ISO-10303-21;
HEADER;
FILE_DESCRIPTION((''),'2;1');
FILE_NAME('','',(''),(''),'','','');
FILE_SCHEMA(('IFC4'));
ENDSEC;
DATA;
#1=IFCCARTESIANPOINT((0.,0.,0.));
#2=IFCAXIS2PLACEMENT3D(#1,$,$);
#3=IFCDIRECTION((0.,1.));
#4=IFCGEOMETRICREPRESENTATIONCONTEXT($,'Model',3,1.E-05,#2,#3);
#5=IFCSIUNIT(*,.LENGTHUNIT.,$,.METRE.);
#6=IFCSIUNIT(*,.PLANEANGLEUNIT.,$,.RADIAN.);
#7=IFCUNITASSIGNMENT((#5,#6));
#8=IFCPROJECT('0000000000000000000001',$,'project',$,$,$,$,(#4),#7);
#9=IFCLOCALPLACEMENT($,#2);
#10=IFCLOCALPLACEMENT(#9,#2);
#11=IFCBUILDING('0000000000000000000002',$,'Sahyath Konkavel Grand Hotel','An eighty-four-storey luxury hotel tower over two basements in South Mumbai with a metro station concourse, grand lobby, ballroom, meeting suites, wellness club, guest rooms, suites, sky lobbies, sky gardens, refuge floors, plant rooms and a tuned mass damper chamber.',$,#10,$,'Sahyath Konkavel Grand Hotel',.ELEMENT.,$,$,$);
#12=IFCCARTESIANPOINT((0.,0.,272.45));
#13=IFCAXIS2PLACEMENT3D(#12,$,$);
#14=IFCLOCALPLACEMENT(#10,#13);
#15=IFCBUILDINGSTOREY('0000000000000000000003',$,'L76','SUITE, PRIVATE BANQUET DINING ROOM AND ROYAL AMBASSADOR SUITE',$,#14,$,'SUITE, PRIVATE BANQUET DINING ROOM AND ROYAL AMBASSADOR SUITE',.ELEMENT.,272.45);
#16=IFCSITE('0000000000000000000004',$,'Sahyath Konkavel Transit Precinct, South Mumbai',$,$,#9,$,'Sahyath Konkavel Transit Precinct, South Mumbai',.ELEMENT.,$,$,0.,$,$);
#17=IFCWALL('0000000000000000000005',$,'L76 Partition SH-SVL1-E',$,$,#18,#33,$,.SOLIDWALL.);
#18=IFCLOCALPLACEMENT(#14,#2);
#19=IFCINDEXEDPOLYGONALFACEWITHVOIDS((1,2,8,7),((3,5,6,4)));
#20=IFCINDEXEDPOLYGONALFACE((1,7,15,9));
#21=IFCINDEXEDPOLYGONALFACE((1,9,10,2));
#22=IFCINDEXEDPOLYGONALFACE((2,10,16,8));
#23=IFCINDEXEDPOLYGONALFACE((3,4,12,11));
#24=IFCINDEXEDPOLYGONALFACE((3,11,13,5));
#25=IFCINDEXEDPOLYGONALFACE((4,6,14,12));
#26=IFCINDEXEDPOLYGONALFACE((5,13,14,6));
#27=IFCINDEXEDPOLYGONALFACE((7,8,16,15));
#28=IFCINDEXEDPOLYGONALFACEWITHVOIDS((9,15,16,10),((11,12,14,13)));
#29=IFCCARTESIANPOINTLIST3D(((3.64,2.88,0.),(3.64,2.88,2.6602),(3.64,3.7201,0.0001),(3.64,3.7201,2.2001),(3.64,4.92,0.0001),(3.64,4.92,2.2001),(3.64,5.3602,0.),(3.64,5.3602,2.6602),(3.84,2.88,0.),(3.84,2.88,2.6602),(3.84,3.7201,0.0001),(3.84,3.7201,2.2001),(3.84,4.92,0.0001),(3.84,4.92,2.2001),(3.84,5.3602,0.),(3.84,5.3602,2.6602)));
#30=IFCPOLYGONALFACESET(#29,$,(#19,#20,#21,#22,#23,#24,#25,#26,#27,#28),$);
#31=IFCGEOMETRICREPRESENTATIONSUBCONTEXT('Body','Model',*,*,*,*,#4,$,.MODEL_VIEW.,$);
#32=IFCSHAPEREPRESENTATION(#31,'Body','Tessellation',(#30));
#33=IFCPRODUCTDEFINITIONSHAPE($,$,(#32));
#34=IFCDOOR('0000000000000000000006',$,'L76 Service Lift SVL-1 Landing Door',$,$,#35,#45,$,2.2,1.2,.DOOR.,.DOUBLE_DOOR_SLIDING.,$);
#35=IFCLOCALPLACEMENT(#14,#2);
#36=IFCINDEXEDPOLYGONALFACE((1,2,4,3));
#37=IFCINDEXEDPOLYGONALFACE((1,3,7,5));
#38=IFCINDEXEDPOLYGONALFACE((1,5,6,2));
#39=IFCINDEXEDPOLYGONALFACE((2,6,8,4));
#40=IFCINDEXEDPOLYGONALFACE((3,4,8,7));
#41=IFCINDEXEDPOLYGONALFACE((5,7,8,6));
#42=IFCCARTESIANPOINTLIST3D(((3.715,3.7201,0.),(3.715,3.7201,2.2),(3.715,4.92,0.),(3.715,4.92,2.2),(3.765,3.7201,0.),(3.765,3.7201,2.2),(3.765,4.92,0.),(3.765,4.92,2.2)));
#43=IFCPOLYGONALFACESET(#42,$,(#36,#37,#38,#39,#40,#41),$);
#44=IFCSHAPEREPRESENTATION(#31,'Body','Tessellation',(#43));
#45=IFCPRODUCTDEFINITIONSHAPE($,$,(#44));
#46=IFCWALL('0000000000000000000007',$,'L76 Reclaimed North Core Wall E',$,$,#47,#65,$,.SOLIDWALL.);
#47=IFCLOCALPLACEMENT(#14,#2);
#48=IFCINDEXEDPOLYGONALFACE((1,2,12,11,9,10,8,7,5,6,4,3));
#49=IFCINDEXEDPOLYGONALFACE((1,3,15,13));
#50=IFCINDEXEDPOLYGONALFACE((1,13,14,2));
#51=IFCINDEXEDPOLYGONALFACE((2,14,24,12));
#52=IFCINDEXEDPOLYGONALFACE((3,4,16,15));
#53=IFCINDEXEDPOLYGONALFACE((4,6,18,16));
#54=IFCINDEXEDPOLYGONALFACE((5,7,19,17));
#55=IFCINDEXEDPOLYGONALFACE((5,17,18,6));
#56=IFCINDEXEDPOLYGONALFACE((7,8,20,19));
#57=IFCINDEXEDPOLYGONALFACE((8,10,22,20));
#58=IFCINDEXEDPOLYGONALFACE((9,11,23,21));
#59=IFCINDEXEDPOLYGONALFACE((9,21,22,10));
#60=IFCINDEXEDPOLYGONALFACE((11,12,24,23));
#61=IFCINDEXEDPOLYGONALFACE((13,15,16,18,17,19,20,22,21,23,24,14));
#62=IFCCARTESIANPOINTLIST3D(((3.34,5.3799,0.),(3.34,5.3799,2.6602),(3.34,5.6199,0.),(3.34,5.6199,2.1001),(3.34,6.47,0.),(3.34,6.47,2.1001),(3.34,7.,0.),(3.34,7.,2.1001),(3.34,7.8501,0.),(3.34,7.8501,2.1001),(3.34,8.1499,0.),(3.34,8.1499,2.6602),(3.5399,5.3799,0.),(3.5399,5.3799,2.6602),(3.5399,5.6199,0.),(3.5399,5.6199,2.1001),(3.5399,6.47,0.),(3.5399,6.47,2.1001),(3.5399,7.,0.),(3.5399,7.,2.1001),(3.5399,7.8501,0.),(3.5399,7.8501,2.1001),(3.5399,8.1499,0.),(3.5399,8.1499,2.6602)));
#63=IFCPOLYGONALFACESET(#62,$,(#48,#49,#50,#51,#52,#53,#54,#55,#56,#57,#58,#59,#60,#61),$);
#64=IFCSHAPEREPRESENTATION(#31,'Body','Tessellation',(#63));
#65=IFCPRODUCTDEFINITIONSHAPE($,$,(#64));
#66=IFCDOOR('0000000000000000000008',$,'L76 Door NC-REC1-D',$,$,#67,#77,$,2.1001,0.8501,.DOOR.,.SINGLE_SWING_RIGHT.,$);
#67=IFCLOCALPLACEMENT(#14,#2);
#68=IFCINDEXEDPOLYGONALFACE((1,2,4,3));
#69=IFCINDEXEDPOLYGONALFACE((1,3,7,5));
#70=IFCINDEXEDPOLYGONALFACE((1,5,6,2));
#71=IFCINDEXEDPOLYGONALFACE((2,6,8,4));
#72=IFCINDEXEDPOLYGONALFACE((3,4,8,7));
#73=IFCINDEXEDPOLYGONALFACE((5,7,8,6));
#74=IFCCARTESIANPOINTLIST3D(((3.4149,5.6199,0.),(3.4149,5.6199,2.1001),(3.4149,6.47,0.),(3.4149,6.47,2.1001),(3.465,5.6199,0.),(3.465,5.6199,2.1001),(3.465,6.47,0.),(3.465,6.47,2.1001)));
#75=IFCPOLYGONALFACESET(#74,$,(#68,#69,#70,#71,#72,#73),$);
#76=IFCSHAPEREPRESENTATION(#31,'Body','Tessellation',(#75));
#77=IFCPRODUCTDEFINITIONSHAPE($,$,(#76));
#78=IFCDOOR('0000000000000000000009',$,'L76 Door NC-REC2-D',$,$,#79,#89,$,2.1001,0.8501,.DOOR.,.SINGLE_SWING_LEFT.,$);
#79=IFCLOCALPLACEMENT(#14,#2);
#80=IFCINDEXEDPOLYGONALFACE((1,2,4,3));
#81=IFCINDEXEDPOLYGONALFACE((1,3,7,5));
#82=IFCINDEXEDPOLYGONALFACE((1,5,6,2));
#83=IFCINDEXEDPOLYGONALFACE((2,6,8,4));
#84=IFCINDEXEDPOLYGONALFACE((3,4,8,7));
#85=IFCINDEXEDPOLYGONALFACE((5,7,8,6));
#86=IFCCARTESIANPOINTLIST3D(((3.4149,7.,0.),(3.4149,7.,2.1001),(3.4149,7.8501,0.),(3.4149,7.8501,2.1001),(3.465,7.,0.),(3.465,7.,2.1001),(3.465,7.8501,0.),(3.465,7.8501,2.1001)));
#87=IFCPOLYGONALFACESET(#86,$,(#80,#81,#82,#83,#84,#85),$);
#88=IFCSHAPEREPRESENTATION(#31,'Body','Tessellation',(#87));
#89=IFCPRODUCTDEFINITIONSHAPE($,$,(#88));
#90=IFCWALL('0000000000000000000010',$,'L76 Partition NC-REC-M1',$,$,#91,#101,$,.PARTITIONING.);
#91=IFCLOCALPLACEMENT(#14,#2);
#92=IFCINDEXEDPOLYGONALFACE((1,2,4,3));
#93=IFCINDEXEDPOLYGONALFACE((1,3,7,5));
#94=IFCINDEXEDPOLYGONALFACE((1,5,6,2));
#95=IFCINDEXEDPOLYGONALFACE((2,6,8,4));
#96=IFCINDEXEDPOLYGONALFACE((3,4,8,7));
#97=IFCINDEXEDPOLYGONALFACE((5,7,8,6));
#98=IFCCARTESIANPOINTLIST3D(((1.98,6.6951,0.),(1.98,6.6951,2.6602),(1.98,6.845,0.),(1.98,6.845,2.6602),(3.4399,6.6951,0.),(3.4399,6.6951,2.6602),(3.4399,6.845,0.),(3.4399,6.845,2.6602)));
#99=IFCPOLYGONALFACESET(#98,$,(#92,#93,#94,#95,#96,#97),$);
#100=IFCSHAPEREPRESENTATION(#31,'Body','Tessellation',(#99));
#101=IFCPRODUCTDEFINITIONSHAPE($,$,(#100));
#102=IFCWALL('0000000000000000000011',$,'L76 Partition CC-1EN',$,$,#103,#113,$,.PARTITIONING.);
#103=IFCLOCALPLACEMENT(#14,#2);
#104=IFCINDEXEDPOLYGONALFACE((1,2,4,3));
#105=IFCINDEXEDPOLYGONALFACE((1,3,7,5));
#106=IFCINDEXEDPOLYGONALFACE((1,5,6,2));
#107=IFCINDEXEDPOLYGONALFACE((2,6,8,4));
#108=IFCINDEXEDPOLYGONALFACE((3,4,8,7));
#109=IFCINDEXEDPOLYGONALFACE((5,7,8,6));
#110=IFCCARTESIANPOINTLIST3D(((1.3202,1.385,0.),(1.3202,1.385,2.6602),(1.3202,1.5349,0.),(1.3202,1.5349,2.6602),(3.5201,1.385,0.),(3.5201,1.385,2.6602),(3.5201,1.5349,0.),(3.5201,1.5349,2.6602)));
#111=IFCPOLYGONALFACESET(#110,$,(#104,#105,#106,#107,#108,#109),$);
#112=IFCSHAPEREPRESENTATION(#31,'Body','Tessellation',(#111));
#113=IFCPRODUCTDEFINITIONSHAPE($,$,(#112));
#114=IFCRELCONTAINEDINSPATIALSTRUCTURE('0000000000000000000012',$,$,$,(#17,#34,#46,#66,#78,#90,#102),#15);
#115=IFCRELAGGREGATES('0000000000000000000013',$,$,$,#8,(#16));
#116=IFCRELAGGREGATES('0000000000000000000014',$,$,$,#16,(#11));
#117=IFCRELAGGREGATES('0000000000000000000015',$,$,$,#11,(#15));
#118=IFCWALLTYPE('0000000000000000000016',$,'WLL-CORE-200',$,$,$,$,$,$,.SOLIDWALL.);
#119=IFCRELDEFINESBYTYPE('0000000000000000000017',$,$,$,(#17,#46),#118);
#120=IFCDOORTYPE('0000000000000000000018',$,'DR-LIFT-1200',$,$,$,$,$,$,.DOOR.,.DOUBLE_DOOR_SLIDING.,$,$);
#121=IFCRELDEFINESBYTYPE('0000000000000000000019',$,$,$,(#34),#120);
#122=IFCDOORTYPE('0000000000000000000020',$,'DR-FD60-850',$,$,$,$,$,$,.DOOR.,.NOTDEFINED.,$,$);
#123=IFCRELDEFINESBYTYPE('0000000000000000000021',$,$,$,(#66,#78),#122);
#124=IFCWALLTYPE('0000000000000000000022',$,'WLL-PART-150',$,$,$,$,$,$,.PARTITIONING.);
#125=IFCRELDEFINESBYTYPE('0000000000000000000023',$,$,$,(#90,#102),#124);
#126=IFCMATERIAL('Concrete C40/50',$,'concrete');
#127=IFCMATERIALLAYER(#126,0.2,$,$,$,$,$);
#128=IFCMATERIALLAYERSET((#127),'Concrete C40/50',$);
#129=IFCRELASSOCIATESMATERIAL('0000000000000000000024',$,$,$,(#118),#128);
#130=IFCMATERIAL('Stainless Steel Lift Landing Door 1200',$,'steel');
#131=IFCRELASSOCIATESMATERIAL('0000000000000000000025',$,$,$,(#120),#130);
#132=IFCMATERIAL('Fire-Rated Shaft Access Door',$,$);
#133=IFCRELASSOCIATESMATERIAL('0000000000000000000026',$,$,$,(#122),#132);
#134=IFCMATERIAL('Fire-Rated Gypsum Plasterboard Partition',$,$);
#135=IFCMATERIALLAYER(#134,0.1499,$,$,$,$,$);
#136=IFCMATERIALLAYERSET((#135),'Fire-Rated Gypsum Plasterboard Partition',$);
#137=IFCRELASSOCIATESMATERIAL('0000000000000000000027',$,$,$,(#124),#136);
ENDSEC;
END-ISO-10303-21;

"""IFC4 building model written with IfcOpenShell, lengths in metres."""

from ifc_helpers import new_model, si_unit, direction, frame, frame_2d, origin, origin_2d, place, context, subcontext, project, spatial, rectangle, extrude, source, transform, mapped, material, layer, layer_set, type_object, element, fill, save


model = new_model("IFC4")

# Units and contexts
model_context = context("Model", 3, precision=1e-05, world=origin(), true_north=direction((0.0, 1.0)))
body_context = subcontext(model_context, "Body", "Model", "MODEL_VIEW")
ifc_project = project(units=[si_unit("LENGTHUNIT", "METRE"), si_unit("PLANEANGLEUNIT", "RADIAN")], contexts=[model_context])

# Site, building, storey
site_placement = place(None, origin())
site = spatial("IfcSite", under=ifc_project, at=site_placement, Name="Sahyath Konkavel Transit Precinct, South Mumbai", LongName="Sahyath Konkavel Transit Precinct, South Mumbai", CompositionType="ELEMENT", RefElevation=0.0)
building_placement = place(site_placement, origin())
building = spatial("IfcBuilding", under=site, at=building_placement, Name="Sahyath Konkavel Grand Hotel", Description="An eighty-four-storey luxury hotel tower over two basements in South Mumbai with a metro station concourse, grand lobby, ballroom, meeting suites, wellness club, guest rooms, suites, sky lobbies, sky gardens, refuge floors, plant rooms and a tuned mass damper chamber.", LongName="Sahyath Konkavel Grand Hotel", CompositionType="ELEMENT")
storey_placement = place(building_placement, frame((0.0, 0.0, 272.45)))
storey = spatial("IfcBuildingStorey", under=building, at=storey_placement, Name="L76", Description="SUITE, PRIVATE BANQUET DINING ROOM AND ROYAL AMBASSADOR SUITE", LongName="SUITE, PRIVATE BANQUET DINING ROOM AND ROYAL AMBASSADOR SUITE", CompositionType="ELEMENT", Elevation=272.45)

# Shared definitions
ifc_material_1 = material(Name="Concrete C40/50", Category="concrete")
ifc_layer_1 = layer(ifc_material_1, 0.2)
ifc_layer_set_1 = layer_set([ifc_layer_1], Name="Concrete C40/50")
wall_type_1 = type_object("IfcWallType", Name="WLL-CORE-200", PredefinedType="SOLIDWALL", material=ifc_layer_set_1)
shared_shape_1 = source(origin(), body_context, "Body", "SweptSolid", [
    extrude(rectangle(XDim=0.8501, YDim=0.05, at=origin_2d()), origin(), (0.0, 0.0, 1.0), 2.1001),
])

# Wall, opening, door
wall_1_placement = place(storey_placement, frame((3.74, 2.8799, 0.0), z_axis=(0.0, 0.0, 1.0), x_axis=(0.0, 1.0, 0.0)))
wall_1 = element("IfcWall", 1, at=wall_1_placement, inside=storey, type_object=wall_type_1, Name="L76 Partition SH-SVL1-E", PredefinedType="SOLIDWALL", context=body_context, shape_type="SweptSolid", body=[
    extrude(rectangle(XDim=2.4802, YDim=0.2, at=frame_2d((1.2402, 0.0))), origin(), (0.0, 0.0, 1.0), 2.6602),
])
opening_1_placement = place(wall_1_placement, frame((0.8401, 0.0, 0.0)))
opening_1 = element("IfcOpeningElement", 2, at=opening_1_placement, cuts=wall_1, PredefinedType="OPENING", context=body_context, shape_type="SweptSolid", body=[
    extrude(rectangle(XDim=1.2, YDim=2.2, at=frame_2d((0.6001, 1.1001))), frame((0.0, 0.1099, 0.0), z_axis=(0.0, -1.0, 0.0), x_axis=(1.0, 0.0, 0.0)), (0.0, 0.0, 1.0), 0.22),
])
ifc_material_2 = material(Name="Stainless Steel Lift Landing Door 1200", Category="steel")
door_type_1 = type_object("IfcDoorType", Name="DR-LIFT-1200", OperationType="DOUBLE_DOOR_SLIDING", PredefinedType="DOOR", material=ifc_material_2)
shared_shape_2 = source(origin(), body_context, "Body", "SweptSolid", [
    extrude(rectangle(XDim=1.2, YDim=0.05, at=origin_2d()), origin(), (0.0, 0.0, 1.0), 2.2),
])
door_1_placement = place(opening_1_placement, frame((0.6001, 0.0, 0.0)))
door_1 = element("IfcDoor", 3, at=door_1_placement, inside=storey, type_object=door_type_1, Name="L76 Service Lift SVL-1 Landing Door", OperationType="DOUBLE_DOOR_SLIDING", OverallHeight=2.2, OverallWidth=1.2, PredefinedType="DOOR", context=body_context, shape_type="MappedRepresentation", body=[
    mapped(shared_shape_2, transform((0.0, 0.0, 0.0), scale=1.0)),
])
fill(opening_1, door_1)

# Wall, openings, doors
wall_2_placement = place(storey_placement, frame((3.4399, 5.3799, 0.0), z_axis=(0.0, 0.0, 1.0), x_axis=(0.0, 1.0, 0.0)))
wall_2 = element("IfcWall", 4, at=wall_2_placement, inside=storey, type_object=wall_type_1, Name="L76 Reclaimed North Core Wall E", PredefinedType="SOLIDWALL", context=body_context, shape_type="SweptSolid", body=[
    extrude(rectangle(XDim=2.77, YDim=0.2, at=frame_2d((1.385, 0.0))), origin(), (0.0, 0.0, 1.0), 2.6602),
])
opening_2_placement = place(wall_2_placement, frame((0.24, 0.0, 0.0)))
opening_2 = element("IfcOpeningElement", 5, at=opening_2_placement, cuts=wall_2, PredefinedType="OPENING", context=body_context, shape_type="SweptSolid", body=[
    extrude(rectangle(XDim=0.8501, YDim=2.1001, at=frame_2d((0.425, 1.05))), frame((0.0, 0.1099, 0.0), z_axis=(0.0, -1.0, 0.0), x_axis=(1.0, 0.0, 0.0)), (0.0, 0.0, 1.0), 0.22),
])
opening_3_placement = place(wall_2_placement, frame((1.6201, 0.0, 0.0)))
opening_3 = element("IfcOpeningElement", 6, at=opening_3_placement, cuts=wall_2, PredefinedType="OPENING", context=body_context, shape_type="SweptSolid", body=[
    extrude(rectangle(XDim=0.8501, YDim=2.1001, at=frame_2d((0.425, 1.05))), frame((0.0, 0.1099, 0.0), z_axis=(0.0, -1.0, 0.0), x_axis=(1.0, 0.0, 0.0)), (0.0, 0.0, 1.0), 0.22),
])
ifc_material_3 = material(Name="Fire-Rated Shaft Access Door")
door_type_2 = type_object("IfcDoorType", Name="DR-FD60-850", OperationType="NOTDEFINED", PredefinedType="DOOR", material=ifc_material_3)
door_2_placement = place(opening_2_placement, frame((0.425, 0.0, 0.0)))
door_2 = element("IfcDoor", 7, at=door_2_placement, inside=storey, type_object=door_type_2, Name="L76 Door NC-REC1-D", OperationType="SINGLE_SWING_RIGHT", OverallHeight=2.1001, OverallWidth=0.8501, PredefinedType="DOOR", context=body_context, shape_type="MappedRepresentation", body=[
    mapped(shared_shape_1, transform((0.0, 0.0, 0.0), scale=1.0)),
])
fill(opening_2, door_2)
door_3_placement = place(opening_3_placement, frame((0.425, 0.0, 0.0)))
door_3 = element("IfcDoor", 8, at=door_3_placement, inside=storey, type_object=door_type_2, Name="L76 Door NC-REC2-D", OperationType="SINGLE_SWING_LEFT", OverallHeight=2.1001, OverallWidth=0.8501, PredefinedType="DOOR", context=body_context, shape_type="MappedRepresentation", body=[
    mapped(shared_shape_1, transform((0.0, 0.0, 0.0), scale=1.0)),
])
fill(opening_3, door_3)

# Walls
ifc_material_4 = material(Name="Fire-Rated Gypsum Plasterboard Partition")
ifc_layer_2 = layer(ifc_material_4, 0.1499)
ifc_layer_set_2 = layer_set([ifc_layer_2], Name="Fire-Rated Gypsum Plasterboard Partition")
wall_type_2 = type_object("IfcWallType", Name="WLL-PART-150", PredefinedType="PARTITIONING", material=ifc_layer_set_2)
wall_3_placement = place(storey_placement, frame((1.98, 6.77, 0.0), z_axis=(0.0, 0.0, 1.0), x_axis=(1.0, 0.0, 0.0)))
element("IfcWall", 9, at=wall_3_placement, inside=storey, type_object=wall_type_2, Name="L76 Partition NC-REC-M1", PredefinedType="PARTITIONING", context=body_context, shape_type="SweptSolid", body=[
    extrude(rectangle(XDim=1.46, YDim=0.1499, at=frame_2d((0.73, 0.0))), origin(), (0.0, 0.0, 1.0), 2.6602),
])
wall_4_placement = place(storey_placement, frame((1.3201, 1.46, 0.0), z_axis=(0.0, 0.0, 1.0), x_axis=(1.0, 0.0, 0.0)))
element("IfcWall", 10, at=wall_4_placement, inside=storey, type_object=wall_type_2, Name="L76 Partition CC-1EN", PredefinedType="PARTITIONING", context=body_context, shape_type="SweptSolid", body=[
    extrude(rectangle(XDim=2.2, YDim=0.1499, at=frame_2d((1.1001, 0.0))), origin(), (0.0, 0.0, 1.0), 2.6602),
])

save(model, "model.ifc")
